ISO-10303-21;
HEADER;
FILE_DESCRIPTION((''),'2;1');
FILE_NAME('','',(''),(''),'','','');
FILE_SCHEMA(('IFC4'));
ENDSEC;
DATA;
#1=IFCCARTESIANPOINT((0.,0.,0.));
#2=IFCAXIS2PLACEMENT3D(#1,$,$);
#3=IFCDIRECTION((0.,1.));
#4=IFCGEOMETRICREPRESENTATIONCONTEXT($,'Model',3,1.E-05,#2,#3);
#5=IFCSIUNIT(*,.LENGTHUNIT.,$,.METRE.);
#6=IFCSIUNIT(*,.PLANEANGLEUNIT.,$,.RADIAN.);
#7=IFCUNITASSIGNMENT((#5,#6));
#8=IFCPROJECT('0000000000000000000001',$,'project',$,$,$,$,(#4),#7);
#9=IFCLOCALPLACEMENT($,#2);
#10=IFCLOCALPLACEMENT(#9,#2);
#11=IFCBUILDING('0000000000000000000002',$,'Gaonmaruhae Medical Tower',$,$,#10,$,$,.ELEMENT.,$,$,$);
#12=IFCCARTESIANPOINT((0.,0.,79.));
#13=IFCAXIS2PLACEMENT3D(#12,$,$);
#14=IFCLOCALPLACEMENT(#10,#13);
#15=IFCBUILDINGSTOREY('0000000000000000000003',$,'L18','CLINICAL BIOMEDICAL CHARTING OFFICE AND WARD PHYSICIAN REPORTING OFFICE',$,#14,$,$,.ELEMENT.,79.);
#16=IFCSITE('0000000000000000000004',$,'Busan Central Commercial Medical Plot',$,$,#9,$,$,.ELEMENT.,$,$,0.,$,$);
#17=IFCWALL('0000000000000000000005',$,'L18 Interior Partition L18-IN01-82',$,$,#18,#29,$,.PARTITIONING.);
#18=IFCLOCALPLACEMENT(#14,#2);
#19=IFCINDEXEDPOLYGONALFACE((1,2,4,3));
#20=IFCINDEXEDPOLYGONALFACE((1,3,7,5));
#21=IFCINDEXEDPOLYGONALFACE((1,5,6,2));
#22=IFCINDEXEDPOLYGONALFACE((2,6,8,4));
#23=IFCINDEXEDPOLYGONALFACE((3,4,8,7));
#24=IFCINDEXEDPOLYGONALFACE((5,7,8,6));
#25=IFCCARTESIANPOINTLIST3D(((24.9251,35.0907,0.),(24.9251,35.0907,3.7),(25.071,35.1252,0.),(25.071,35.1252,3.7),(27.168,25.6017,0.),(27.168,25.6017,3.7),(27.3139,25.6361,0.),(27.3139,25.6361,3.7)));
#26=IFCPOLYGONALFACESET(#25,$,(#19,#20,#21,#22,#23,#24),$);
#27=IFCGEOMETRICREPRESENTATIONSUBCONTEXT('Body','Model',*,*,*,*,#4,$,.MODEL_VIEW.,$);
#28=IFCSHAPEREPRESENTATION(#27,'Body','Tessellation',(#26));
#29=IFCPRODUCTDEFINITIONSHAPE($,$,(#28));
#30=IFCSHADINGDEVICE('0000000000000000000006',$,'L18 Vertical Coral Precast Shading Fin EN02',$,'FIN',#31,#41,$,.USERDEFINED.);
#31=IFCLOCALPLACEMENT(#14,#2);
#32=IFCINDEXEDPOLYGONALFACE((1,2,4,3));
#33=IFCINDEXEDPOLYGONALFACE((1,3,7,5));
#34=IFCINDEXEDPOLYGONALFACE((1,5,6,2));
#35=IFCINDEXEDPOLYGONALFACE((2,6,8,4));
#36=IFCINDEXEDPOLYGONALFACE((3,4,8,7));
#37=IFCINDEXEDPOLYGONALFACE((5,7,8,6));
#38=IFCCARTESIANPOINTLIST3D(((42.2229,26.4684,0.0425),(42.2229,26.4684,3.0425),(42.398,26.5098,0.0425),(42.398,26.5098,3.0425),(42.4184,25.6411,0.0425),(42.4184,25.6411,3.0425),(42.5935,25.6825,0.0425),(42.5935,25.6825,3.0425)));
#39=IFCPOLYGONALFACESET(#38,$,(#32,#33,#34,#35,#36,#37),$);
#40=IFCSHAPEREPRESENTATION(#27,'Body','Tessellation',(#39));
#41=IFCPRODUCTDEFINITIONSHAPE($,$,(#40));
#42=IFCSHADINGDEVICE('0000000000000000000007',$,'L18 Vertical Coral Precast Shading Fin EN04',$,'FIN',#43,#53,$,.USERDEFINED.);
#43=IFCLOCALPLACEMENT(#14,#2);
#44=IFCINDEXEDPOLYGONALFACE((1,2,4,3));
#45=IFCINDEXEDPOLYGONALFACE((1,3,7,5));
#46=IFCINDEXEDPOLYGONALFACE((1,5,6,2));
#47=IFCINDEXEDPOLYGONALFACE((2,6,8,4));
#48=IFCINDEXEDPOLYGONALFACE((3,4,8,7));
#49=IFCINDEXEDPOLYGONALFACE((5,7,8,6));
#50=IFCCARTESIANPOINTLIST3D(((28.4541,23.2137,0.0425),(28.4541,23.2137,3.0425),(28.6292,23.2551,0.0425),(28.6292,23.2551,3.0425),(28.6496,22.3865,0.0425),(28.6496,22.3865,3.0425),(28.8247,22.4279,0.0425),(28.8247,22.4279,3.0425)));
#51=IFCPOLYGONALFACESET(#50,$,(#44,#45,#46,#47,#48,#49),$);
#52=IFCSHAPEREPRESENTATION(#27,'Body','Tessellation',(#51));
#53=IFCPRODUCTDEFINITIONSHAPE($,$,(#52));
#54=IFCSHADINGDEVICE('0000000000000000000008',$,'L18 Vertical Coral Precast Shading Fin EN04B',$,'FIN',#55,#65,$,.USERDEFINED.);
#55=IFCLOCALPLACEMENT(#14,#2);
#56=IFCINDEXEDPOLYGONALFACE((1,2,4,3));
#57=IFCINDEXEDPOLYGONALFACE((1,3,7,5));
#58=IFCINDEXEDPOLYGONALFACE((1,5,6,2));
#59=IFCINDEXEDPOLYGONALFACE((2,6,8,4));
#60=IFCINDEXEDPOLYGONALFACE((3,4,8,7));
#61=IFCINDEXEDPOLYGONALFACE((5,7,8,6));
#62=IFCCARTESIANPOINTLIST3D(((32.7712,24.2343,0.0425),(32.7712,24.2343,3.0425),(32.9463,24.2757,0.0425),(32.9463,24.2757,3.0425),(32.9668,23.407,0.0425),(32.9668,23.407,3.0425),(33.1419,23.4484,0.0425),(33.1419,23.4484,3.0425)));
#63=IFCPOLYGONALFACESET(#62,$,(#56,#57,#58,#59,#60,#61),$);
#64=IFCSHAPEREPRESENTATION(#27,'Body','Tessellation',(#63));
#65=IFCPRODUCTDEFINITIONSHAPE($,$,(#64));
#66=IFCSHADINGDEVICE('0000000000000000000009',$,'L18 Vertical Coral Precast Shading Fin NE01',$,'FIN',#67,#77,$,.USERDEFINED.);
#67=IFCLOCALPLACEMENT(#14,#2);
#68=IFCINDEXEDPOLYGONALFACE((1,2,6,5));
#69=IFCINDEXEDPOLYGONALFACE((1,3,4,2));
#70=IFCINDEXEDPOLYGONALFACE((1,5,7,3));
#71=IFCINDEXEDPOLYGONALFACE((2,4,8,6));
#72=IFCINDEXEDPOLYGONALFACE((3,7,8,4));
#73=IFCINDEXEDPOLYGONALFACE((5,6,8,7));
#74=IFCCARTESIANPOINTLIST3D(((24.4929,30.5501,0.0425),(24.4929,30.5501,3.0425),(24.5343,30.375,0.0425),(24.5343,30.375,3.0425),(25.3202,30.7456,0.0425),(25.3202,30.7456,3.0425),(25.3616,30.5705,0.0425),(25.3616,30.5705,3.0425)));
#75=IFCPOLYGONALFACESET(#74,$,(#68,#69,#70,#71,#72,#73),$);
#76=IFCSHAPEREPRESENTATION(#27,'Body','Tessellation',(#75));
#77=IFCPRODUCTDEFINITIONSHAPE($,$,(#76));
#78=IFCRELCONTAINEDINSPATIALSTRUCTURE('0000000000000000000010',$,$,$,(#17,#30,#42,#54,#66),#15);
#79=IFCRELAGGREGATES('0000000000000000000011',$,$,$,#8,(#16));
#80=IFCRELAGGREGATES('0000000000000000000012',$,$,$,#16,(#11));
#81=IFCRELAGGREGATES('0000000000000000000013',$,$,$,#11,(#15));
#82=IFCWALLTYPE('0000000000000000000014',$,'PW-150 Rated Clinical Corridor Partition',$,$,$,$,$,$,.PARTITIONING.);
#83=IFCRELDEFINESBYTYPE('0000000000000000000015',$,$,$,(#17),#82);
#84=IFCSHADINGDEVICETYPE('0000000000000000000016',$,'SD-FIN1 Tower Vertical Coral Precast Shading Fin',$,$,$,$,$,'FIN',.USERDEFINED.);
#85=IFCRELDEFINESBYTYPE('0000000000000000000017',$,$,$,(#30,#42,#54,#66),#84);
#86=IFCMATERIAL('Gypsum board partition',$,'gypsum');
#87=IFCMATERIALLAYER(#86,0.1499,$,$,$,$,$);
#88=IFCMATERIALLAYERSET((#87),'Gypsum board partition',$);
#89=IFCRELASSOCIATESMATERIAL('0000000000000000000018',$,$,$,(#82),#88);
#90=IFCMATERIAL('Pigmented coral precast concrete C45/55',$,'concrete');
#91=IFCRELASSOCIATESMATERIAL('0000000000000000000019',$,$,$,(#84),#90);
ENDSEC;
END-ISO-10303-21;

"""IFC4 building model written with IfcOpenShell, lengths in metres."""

from ifc_helpers import new_model, si_unit, direction, frame, frame_2d, origin, origin_2d, place, context, subcontext, project, spatial, rectangle, extrude, material, layer, layer_set, type_object, element, save


model = new_model("IFC4")

# Units and contexts
model_context = context("Model", 3, precision=1e-05, world=origin(), true_north=direction((0.0, 1.0)))
body_context = subcontext(model_context, "Body", "Model", "MODEL_VIEW")
ifc_project = project(units=[si_unit("LENGTHUNIT", "METRE"), si_unit("PLANEANGLEUNIT", "RADIAN")], contexts=[model_context])

# Site, building, storey
site_placement = place(None, origin())
site = spatial("IfcSite", under=ifc_project, at=site_placement, Name="Busan Central Commercial Medical Plot", CompositionType="ELEMENT", RefElevation=0.0)
building_placement = place(site_placement, origin())
building = spatial("IfcBuilding", under=site, at=building_placement, Name="Gaonmaruhae Medical Tower", CompositionType="ELEMENT")
storey_placement = place(building_placement, frame((0.0, 0.0, 79.0)))
storey = spatial("IfcBuildingStorey", under=building, at=storey_placement, Name="L18", Description="CLINICAL BIOMEDICAL CHARTING OFFICE AND WARD PHYSICIAN REPORTING OFFICE", CompositionType="ELEMENT", Elevation=79.0)

# Wall
ifc_material_1 = material(Name="Gypsum board partition", Category="gypsum")
ifc_layer_1 = layer(ifc_material_1, 0.1499)
ifc_layer_set_1 = layer_set([ifc_layer_1], Name="Gypsum board partition")
wall_type_1 = type_object("IfcWallType", Name="PW-150 Rated Clinical Corridor Partition", PredefinedType="PARTITIONING", material=ifc_layer_set_1)
wall_1_placement = place(storey_placement, frame((24.998, 35.1079, 0.0), z_axis=(0.0, 0.0, 1.0), x_axis=(0.230031, -0.973183, 0.0)))
element("IfcWall", 1, at=wall_1_placement, inside=storey, type_object=wall_type_1, Name="L18 Interior Partition L18-IN01-82", PredefinedType="PARTITIONING", context=body_context, shape_type="SweptSolid", body=[
    extrude(rectangle(XDim=9.7505, YDim=0.1499, at=frame_2d((4.8752, 0.0))), origin(), (0.0, 0.0, 1.0), 3.7),
])

# Shading devices
ifc_material_2 = material(Name="Pigmented coral precast concrete C45/55", Category="concrete")
shading_device_type = type_object("IfcShadingDeviceType", Name="SD-FIN1 Tower Vertical Coral Precast Shading Fin", ElementType="FIN", PredefinedType="USERDEFINED", material=ifc_material_2)
for number, where, z_axis, x_axis, name in (
    (2, (42.4082, 26.0754, 0.0425), (0.0, 0.0, 1.0), (0.973179, 0.23005, 0.0), "L18 Vertical Coral Precast Shading Fin EN02"),
    (3, (28.6394, 22.8208, 0.0425), (0.0, 0.0, 1.0), (0.973175, 0.230067, 0.0), "L18 Vertical Coral Precast Shading Fin EN04"),
    (4, (32.9565, 23.8413, 0.0425), (0.0, 0.0, 1.0), (0.973175, 0.230067, 0.0), "L18 Vertical Coral Precast Shading Fin EN04B"),
    (5, (24.9272, 30.5603, 0.0425), (0.0, 0.0, 1.0), (-0.23005, 0.973179, 0.0), "L18 Vertical Coral Precast Shading Fin NE01"),
):
    element("IfcShadingDevice", number, at=place(storey_placement, frame(where, z_axis=z_axis, x_axis=x_axis)), inside=storey, type_object=shading_device_type, Name=name, ObjectType="FIN", PredefinedType="USERDEFINED", context=body_context, shape_type="SweptSolid", body=[
        extrude(rectangle(XDim=0.1799, YDim=0.8501, at=origin_2d()), origin(), (0.0, 0.0, 1.0), 3.0),
    ])

save(model, "model.ifc")
